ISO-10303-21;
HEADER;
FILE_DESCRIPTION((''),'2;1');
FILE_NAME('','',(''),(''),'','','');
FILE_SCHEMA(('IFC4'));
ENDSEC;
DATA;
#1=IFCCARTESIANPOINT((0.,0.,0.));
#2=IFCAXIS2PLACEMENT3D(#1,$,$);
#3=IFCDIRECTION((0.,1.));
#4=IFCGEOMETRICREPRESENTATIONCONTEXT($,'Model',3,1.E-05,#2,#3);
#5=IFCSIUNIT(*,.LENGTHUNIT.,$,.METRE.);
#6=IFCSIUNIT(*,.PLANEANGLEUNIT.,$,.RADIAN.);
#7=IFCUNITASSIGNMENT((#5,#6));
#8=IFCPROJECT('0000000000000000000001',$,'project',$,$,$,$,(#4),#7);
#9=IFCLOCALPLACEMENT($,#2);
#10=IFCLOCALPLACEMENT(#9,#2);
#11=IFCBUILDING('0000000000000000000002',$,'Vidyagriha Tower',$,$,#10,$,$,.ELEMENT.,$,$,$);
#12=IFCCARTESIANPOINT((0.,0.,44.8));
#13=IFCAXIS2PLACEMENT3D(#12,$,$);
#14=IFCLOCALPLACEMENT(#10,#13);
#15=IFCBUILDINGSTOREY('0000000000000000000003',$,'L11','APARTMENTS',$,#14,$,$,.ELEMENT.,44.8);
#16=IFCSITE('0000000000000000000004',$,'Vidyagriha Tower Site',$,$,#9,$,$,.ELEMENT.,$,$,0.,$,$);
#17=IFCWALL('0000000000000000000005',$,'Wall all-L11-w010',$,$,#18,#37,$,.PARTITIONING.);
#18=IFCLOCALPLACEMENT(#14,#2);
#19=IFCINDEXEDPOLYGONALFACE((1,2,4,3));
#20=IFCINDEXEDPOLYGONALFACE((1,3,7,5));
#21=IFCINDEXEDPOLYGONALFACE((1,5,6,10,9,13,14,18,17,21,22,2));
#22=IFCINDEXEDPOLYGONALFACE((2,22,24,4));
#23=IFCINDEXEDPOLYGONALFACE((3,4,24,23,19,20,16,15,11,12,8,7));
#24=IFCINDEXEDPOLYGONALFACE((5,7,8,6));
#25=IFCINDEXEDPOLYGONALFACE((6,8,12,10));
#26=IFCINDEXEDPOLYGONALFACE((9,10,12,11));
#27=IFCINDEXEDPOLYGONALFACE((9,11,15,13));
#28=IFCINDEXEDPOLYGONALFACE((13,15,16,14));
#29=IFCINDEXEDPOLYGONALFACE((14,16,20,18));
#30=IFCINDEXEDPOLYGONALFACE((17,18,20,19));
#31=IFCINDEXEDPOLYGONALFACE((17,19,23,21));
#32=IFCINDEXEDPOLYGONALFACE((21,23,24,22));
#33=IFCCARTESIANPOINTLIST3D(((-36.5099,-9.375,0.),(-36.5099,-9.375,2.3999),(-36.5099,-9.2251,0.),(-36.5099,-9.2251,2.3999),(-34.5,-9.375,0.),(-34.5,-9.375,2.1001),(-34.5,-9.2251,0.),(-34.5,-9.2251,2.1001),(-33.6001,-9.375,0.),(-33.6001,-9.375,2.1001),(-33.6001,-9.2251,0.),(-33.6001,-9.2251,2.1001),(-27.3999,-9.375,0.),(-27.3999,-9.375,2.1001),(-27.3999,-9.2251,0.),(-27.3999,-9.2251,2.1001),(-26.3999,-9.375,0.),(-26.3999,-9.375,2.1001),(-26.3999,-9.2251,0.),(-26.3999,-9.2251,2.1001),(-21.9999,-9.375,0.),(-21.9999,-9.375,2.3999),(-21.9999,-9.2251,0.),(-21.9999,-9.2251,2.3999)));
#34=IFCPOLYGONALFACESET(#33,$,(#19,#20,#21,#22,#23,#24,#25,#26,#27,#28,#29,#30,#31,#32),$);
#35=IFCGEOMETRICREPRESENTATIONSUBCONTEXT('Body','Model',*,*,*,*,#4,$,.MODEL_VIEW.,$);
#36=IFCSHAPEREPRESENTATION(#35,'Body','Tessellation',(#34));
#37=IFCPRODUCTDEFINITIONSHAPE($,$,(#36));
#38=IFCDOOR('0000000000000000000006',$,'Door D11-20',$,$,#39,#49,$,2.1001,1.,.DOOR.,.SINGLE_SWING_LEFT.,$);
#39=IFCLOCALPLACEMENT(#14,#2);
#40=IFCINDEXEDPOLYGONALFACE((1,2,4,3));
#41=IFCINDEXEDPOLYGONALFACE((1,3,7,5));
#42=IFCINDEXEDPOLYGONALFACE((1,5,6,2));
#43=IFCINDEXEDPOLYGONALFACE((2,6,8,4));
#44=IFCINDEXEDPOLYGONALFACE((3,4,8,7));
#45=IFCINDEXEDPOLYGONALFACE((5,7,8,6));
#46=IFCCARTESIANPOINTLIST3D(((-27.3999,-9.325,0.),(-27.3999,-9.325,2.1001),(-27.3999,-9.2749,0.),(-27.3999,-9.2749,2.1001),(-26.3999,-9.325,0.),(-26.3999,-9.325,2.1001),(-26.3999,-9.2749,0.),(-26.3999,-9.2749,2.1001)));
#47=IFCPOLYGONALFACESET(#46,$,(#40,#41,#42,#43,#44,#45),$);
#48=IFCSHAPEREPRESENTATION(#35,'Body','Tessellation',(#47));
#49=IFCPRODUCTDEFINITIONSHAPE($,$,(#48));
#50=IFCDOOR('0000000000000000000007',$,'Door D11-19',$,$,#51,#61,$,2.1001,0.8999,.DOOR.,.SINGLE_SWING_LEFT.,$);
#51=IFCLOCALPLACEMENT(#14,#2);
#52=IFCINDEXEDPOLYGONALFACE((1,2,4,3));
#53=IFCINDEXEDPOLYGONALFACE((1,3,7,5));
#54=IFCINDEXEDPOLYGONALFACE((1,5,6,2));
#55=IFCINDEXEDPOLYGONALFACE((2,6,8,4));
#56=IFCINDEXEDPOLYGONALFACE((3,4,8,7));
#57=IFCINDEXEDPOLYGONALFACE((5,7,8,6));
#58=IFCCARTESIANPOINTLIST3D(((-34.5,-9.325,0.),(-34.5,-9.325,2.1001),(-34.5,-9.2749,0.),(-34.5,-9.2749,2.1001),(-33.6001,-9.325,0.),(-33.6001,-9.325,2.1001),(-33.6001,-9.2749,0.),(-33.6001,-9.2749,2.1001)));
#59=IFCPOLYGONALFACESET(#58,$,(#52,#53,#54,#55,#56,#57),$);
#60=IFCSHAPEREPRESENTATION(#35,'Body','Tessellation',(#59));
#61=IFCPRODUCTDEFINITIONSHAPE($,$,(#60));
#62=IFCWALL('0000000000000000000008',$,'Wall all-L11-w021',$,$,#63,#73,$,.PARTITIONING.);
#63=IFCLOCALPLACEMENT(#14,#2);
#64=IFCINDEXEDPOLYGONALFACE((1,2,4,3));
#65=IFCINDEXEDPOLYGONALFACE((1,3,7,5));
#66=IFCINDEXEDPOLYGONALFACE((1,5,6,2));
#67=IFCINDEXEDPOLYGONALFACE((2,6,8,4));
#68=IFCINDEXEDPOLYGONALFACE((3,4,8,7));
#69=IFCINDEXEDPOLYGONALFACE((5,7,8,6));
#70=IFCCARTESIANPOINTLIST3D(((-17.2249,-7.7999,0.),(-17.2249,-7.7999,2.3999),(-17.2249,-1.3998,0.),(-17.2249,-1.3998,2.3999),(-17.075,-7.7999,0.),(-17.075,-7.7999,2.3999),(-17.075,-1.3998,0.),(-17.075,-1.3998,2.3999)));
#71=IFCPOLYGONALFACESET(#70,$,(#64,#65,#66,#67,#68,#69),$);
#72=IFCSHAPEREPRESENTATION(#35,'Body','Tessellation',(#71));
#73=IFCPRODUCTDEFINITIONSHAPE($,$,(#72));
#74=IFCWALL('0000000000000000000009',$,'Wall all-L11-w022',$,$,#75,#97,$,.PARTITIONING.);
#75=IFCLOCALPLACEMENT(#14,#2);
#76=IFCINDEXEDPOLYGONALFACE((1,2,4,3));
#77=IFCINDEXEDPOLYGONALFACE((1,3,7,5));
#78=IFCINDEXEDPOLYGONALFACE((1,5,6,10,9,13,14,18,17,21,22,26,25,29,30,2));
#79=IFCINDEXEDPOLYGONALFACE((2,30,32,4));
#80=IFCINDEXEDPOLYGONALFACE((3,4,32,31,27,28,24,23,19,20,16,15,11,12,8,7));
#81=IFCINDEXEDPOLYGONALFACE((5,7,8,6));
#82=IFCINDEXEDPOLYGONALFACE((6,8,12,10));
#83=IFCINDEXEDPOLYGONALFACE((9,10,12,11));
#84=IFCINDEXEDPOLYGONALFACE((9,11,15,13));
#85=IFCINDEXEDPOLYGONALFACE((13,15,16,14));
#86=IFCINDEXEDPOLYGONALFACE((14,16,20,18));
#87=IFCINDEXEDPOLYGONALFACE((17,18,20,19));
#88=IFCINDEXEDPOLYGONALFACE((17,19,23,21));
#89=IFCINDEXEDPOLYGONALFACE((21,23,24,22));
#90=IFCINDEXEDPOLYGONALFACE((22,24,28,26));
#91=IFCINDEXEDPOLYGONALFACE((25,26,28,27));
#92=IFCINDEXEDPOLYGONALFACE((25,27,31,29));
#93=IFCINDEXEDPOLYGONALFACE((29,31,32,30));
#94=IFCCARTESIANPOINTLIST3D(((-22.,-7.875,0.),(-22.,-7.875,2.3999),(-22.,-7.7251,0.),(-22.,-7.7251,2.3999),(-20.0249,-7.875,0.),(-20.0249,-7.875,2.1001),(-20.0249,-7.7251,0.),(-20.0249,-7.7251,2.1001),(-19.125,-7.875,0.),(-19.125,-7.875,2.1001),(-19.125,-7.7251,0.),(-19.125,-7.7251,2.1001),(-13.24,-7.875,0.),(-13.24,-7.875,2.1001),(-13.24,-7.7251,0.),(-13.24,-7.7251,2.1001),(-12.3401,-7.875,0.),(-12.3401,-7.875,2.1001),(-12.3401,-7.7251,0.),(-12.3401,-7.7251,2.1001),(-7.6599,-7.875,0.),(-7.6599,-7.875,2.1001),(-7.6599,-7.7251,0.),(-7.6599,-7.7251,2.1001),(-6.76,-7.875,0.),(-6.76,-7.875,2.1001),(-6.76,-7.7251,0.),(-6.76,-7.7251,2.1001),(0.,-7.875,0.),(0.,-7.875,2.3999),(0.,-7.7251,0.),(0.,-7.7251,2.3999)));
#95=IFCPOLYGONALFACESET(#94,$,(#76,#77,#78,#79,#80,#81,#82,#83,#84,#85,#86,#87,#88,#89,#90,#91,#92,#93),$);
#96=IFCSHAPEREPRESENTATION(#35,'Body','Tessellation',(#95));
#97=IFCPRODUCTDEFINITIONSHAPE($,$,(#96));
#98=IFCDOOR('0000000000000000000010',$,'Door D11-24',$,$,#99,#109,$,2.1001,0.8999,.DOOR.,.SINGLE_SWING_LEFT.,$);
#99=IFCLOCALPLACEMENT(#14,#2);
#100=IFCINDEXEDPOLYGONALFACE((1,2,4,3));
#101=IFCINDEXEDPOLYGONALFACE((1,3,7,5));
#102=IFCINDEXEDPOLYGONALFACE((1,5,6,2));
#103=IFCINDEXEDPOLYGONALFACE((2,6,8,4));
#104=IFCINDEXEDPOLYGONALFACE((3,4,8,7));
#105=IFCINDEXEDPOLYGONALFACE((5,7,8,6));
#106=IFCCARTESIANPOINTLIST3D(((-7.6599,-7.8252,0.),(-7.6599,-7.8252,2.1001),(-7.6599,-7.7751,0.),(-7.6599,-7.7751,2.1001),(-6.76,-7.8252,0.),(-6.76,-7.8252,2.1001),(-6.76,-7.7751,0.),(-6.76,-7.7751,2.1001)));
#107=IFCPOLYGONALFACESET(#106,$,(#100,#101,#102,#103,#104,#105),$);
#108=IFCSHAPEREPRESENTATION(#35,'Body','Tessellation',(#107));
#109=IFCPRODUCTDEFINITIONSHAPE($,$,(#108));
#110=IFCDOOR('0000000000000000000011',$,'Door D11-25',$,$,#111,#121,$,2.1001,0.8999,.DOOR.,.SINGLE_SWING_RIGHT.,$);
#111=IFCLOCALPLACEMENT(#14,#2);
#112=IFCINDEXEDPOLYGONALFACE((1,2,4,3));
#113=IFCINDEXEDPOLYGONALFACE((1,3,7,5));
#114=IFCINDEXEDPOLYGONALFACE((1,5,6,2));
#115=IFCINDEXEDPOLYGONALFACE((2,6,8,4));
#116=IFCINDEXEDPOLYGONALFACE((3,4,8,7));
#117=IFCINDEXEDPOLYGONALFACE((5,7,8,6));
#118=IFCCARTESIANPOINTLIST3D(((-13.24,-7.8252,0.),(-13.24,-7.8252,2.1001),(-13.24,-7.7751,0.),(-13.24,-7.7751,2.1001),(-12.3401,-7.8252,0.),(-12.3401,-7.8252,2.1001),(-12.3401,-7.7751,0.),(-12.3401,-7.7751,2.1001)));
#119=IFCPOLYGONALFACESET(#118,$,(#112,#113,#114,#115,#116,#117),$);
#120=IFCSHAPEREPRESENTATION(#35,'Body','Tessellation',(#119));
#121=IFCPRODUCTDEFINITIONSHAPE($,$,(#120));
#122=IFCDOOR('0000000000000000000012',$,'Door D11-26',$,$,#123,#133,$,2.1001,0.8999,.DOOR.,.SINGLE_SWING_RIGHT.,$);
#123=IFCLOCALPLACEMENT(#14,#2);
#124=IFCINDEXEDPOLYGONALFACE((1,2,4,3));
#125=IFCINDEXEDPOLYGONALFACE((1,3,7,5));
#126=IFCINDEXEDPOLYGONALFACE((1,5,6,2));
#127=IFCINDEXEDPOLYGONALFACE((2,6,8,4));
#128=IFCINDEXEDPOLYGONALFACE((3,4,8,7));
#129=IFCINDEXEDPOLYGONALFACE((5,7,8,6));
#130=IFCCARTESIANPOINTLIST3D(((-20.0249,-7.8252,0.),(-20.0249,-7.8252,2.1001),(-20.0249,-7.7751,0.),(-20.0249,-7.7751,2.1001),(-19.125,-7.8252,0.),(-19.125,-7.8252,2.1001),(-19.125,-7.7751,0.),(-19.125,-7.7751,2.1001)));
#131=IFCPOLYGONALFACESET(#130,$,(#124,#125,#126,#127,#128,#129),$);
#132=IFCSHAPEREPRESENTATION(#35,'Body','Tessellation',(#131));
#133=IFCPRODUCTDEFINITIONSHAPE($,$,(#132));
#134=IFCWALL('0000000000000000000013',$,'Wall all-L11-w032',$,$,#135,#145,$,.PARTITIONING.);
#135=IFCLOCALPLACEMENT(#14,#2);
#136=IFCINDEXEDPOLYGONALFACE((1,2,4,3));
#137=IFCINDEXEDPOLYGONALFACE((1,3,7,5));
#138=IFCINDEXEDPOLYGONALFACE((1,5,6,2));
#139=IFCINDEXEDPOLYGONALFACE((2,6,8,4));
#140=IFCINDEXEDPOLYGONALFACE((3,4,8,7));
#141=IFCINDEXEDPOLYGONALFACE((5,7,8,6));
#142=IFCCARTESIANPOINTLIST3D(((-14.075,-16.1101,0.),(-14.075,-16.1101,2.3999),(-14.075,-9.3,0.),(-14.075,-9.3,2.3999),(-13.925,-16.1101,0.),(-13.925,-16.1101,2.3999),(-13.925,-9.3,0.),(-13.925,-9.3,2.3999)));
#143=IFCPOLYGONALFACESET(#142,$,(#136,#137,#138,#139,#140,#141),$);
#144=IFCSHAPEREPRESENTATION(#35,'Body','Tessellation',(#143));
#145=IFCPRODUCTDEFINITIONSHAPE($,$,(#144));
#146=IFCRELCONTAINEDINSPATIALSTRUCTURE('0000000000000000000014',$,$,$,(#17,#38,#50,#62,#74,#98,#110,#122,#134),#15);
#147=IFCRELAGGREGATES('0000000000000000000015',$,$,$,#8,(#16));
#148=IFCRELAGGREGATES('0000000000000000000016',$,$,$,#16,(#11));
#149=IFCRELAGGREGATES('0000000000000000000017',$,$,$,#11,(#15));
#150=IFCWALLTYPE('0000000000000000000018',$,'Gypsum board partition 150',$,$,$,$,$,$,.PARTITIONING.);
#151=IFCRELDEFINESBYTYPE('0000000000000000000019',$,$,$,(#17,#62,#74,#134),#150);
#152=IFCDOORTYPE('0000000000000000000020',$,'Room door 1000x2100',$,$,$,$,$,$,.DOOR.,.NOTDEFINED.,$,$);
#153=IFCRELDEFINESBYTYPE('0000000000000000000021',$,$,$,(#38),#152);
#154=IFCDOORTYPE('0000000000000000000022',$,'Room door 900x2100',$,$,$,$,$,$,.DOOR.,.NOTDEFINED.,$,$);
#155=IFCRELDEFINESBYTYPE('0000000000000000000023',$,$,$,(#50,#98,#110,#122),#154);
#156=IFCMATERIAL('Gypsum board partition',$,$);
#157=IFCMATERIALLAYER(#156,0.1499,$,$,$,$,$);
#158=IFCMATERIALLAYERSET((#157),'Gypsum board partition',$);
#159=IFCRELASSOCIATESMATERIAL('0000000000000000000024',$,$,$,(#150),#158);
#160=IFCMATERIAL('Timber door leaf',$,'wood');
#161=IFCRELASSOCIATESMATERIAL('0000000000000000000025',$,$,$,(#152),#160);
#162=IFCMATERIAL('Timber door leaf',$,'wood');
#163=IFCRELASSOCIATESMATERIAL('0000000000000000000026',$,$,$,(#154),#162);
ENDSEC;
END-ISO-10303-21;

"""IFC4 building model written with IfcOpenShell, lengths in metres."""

from ifc_helpers import new_model, si_unit, direction, frame, frame_2d, origin, place, context, subcontext, project, spatial, rectangle, extrude, material, layer, layer_set, type_object, element, fill, save


model = new_model("IFC4")

# Units and contexts
model_context = context("Model", 3, precision=1e-05, world=origin(), true_north=direction((0.0, 1.0)))
body_context = subcontext(model_context, "Body", "Model", "MODEL_VIEW")
ifc_project = project(units=[si_unit("LENGTHUNIT", "METRE"), si_unit("PLANEANGLEUNIT", "RADIAN")], contexts=[model_context])

# Site, building, storey
site_placement = place(None, origin())
site = spatial("IfcSite", under=ifc_project, at=site_placement, Name="Vidyagriha Tower Site", CompositionType="ELEMENT", RefElevation=0.0)
building_placement = place(site_placement, origin())
building = spatial("IfcBuilding", under=site, at=building_placement, Name="Vidyagriha Tower", CompositionType="ELEMENT")
storey_placement = place(building_placement, frame((0.0, 0.0, 44.8)))
storey = spatial("IfcBuildingStorey", under=building, at=storey_placement, Name="L11", Description="APARTMENTS", CompositionType="ELEMENT", Elevation=44.8)

# Shared definitions
ifc_material_1 = material(Name="Gypsum board partition")
ifc_layer_1 = layer(ifc_material_1, 0.1499)
ifc_layer_set_1 = layer_set([ifc_layer_1], Name="Gypsum board partition")
wall_type_1 = type_object("IfcWallType", Name="Gypsum board partition 150", PredefinedType="PARTITIONING", material=ifc_layer_set_1)

# Wall, openings, doors
wall_1_placement = place(storey_placement, frame((-22.0, -9.3, 0.0), z_axis=(0.0, 0.0, 1.0), x_axis=(-1.0, 0.0, 0.0)))
wall_1 = element("IfcWall", 1, at=wall_1_placement, inside=storey, type_object=wall_type_1, Name="Wall all-L11-w010", PredefinedType="PARTITIONING", context=body_context, shape_type="SweptSolid", body=[
    extrude(rectangle(XDim=14.51, YDim=0.1499, at=frame_2d((7.2549, 0.0))), origin(), (0.0, 0.0, 1.0), 2.3999),
])
opening_1_placement = place(wall_1_placement, frame((11.6001, 0.0, 0.0)))
opening_1 = element("IfcOpeningElement", 2, at=opening_1_placement, cuts=wall_1, PredefinedType="OPENING", context=body_context, shape_type="SweptSolid", body=[
    extrude(rectangle(XDim=0.8999, YDim=2.1001, at=frame_2d((0.45, 1.05))), frame((0.0, 0.085, 0.0), z_axis=(0.0, -1.0, 0.0), x_axis=(1.0, 0.0, 0.0)), (0.0, 0.0, 1.0), 0.1699),
])
opening_2_placement = place(wall_1_placement, frame((4.3999, 0.0, 0.0)))
opening_2 = element("IfcOpeningElement", 3, at=opening_2_placement, cuts=wall_1, PredefinedType="OPENING", context=body_context, shape_type="SweptSolid", body=[
    extrude(rectangle(XDim=1.0, YDim=2.1001, at=frame_2d((0.5, 1.05))), frame((0.0, 0.085, 0.0), z_axis=(0.0, -1.0, 0.0), x_axis=(1.0, 0.0, 0.0)), (0.0, 0.0, 1.0), 0.1699),
])
ifc_material_2 = material(Name="Timber door leaf", Category="wood")
door_type_1 = type_object("IfcDoorType", Name="Room door 1000x2100", OperationType="NOTDEFINED", PredefinedType="DOOR", material=ifc_material_2)
door_1_placement = place(opening_2_placement, origin())
door_1 = element("IfcDoor", 4, at=door_1_placement, inside=storey, type_object=door_type_1, Name="Door D11-20", OperationType="SINGLE_SWING_LEFT", OverallHeight=2.1001, OverallWidth=1.0, PredefinedType="DOOR", context=body_context, shape_type="SweptSolid", body=[
    extrude(rectangle(XDim=1.0, YDim=2.1001, at=frame_2d((0.5, 1.05))), frame((0.0, 0.0249, 0.0), z_axis=(0.0, -1.0, 0.0), x_axis=(1.0, 0.0, 0.0)), (0.0, 0.0, 1.0), 0.05),
])
fill(opening_2, door_1)
ifc_material_3 = material(Name="Timber door leaf", Category="wood")
door_type_2 = type_object("IfcDoorType", Name="Room door 900x2100", OperationType="NOTDEFINED", PredefinedType="DOOR", material=ifc_material_3)
door_2_placement = place(opening_1_placement, origin())
door_2 = element("IfcDoor", 5, at=door_2_placement, inside=storey, type_object=door_type_2, Name="Door D11-19", OperationType="SINGLE_SWING_LEFT", OverallHeight=2.1001, OverallWidth=0.8999, PredefinedType="DOOR", context=body_context, shape_type="SweptSolid", body=[
    extrude(rectangle(XDim=0.8999, YDim=2.1001, at=frame_2d((0.45, 1.05))), frame((0.0, 0.0249, 0.0), z_axis=(0.0, -1.0, 0.0), x_axis=(1.0, 0.0, 0.0)), (0.0, 0.0, 1.0), 0.05),
])
fill(opening_1, door_2)

# Wall
wall_2_placement = place(storey_placement, frame((-17.1499, -7.8, 0.0), z_axis=(0.0, 0.0, 1.0), x_axis=(0.0, 1.0, 0.0)))
element("IfcWall", 6, at=wall_2_placement, inside=storey, type_object=wall_type_1, Name="Wall all-L11-w021", PredefinedType="PARTITIONING", context=body_context, shape_type="SweptSolid", body=[
    extrude(rectangle(XDim=6.4001, YDim=0.1499, at=frame_2d((3.2002, 0.0))), origin(), (0.0, 0.0, 1.0), 2.3999),
])

# Wall, openings, doors
wall_3_placement = place(storey_placement, frame((-22.0, -7.8, 0.0)))
wall_3 = element("IfcWall", 7, at=wall_3_placement, inside=storey, type_object=wall_type_1, Name="Wall all-L11-w022", PredefinedType="PARTITIONING", context=body_context, shape_type="SweptSolid", body=[
    extrude(rectangle(XDim=22.0, YDim=0.1499, at=frame_2d((11.0, 0.0))), origin(), (0.0, 0.0, 1.0), 2.3999),
])
opening_3_placement = place(wall_3_placement, frame((14.3401, 0.0, 0.0)))
opening_3 = element("IfcOpeningElement", 8, at=opening_3_placement, cuts=wall_3, PredefinedType="OPENING", context=body_context, shape_type="SweptSolid", body=[
    extrude(rectangle(XDim=0.8999, YDim=2.1001, at=frame_2d((0.45, 1.05))), frame((0.0, 0.085, 0.0), z_axis=(0.0, -1.0, 0.0), x_axis=(1.0, 0.0, 0.0)), (0.0, 0.0, 1.0), 0.1699),
])
opening_4_placement = place(wall_3_placement, frame((8.76, 0.0, 0.0)))
opening_4 = element("IfcOpeningElement", 9, at=opening_4_placement, cuts=wall_3, PredefinedType="OPENING", context=body_context, shape_type="SweptSolid", body=[
    extrude(rectangle(XDim=0.8999, YDim=2.1001, at=frame_2d((0.45, 1.05))), frame((0.0, 0.085, 0.0), z_axis=(0.0, -1.0, 0.0), x_axis=(1.0, 0.0, 0.0)), (0.0, 0.0, 1.0), 0.1699),
])
opening_5_placement = place(wall_3_placement, frame((1.9751, 0.0, 0.0)))
opening_5 = element("IfcOpeningElement", 10, at=opening_5_placement, cuts=wall_3, PredefinedType="OPENING", context=body_context, shape_type="SweptSolid", body=[
    extrude(rectangle(XDim=0.8999, YDim=2.1001, at=frame_2d((0.45, 1.05))), frame((0.0, 0.085, 0.0), z_axis=(0.0, -1.0, 0.0), x_axis=(1.0, 0.0, 0.0)), (0.0, 0.0, 1.0), 0.1699),
])
door_3_placement = place(opening_3_placement, origin())
door_3 = element("IfcDoor", 11, at=door_3_placement, inside=storey, type_object=door_type_2, Name="Door D11-24", OperationType="SINGLE_SWING_LEFT", OverallHeight=2.1001, OverallWidth=0.8999, PredefinedType="DOOR", context=body_context, shape_type="SweptSolid", body=[
    extrude(rectangle(XDim=0.8999, YDim=2.1001, at=frame_2d((0.45, 1.05))), frame((0.0, 0.0249, 0.0), z_axis=(0.0, -1.0, 0.0), x_axis=(1.0, 0.0, 0.0)), (0.0, 0.0, 1.0), 0.05),
])
fill(opening_3, door_3)
door_4_placement = place(opening_4_placement, origin())
door_4 = element("IfcDoor", 12, at=door_4_placement, inside=storey, type_object=door_type_2, Name="Door D11-25", OperationType="SINGLE_SWING_RIGHT", OverallHeight=2.1001, OverallWidth=0.8999, PredefinedType="DOOR", context=body_context, shape_type="SweptSolid", body=[
    extrude(rectangle(XDim=0.8999, YDim=2.1001, at=frame_2d((0.45, 1.05))), frame((0.0, 0.0249, 0.0), z_axis=(0.0, -1.0, 0.0), x_axis=(1.0, 0.0, 0.0)), (0.0, 0.0, 1.0), 0.05),
])
fill(opening_4, door_4)
door_5_placement = place(opening_5_placement, origin())
door_5 = element("IfcDoor", 13, at=door_5_placement, inside=storey, type_object=door_type_2, Name="Door D11-26", OperationType="SINGLE_SWING_RIGHT", OverallHeight=2.1001, OverallWidth=0.8999, PredefinedType="DOOR", context=body_context, shape_type="SweptSolid", body=[
    extrude(rectangle(XDim=0.8999, YDim=2.1001, at=frame_2d((0.45, 1.05))), frame((0.0, 0.0249, 0.0), z_axis=(0.0, -1.0, 0.0), x_axis=(1.0, 0.0, 0.0)), (0.0, 0.0, 1.0), 0.05),
])
fill(opening_5, door_5)

# Wall
wall_4_placement = place(storey_placement, frame((-14.0, -9.3, 0.0), z_axis=(0.0, 0.0, 1.0), x_axis=(0.0, -1.0, 0.0)))
element("IfcWall", 14, at=wall_4_placement, inside=storey, type_object=wall_type_1, Name="Wall all-L11-w032", PredefinedType="PARTITIONING", context=body_context, shape_type="SweptSolid", body=[
    extrude(rectangle(XDim=6.8101, YDim=0.1499, at=frame_2d((3.405, 0.0))), origin(), (0.0, 0.0, 1.0), 2.3999),
])

save(model, "model.ifc")
